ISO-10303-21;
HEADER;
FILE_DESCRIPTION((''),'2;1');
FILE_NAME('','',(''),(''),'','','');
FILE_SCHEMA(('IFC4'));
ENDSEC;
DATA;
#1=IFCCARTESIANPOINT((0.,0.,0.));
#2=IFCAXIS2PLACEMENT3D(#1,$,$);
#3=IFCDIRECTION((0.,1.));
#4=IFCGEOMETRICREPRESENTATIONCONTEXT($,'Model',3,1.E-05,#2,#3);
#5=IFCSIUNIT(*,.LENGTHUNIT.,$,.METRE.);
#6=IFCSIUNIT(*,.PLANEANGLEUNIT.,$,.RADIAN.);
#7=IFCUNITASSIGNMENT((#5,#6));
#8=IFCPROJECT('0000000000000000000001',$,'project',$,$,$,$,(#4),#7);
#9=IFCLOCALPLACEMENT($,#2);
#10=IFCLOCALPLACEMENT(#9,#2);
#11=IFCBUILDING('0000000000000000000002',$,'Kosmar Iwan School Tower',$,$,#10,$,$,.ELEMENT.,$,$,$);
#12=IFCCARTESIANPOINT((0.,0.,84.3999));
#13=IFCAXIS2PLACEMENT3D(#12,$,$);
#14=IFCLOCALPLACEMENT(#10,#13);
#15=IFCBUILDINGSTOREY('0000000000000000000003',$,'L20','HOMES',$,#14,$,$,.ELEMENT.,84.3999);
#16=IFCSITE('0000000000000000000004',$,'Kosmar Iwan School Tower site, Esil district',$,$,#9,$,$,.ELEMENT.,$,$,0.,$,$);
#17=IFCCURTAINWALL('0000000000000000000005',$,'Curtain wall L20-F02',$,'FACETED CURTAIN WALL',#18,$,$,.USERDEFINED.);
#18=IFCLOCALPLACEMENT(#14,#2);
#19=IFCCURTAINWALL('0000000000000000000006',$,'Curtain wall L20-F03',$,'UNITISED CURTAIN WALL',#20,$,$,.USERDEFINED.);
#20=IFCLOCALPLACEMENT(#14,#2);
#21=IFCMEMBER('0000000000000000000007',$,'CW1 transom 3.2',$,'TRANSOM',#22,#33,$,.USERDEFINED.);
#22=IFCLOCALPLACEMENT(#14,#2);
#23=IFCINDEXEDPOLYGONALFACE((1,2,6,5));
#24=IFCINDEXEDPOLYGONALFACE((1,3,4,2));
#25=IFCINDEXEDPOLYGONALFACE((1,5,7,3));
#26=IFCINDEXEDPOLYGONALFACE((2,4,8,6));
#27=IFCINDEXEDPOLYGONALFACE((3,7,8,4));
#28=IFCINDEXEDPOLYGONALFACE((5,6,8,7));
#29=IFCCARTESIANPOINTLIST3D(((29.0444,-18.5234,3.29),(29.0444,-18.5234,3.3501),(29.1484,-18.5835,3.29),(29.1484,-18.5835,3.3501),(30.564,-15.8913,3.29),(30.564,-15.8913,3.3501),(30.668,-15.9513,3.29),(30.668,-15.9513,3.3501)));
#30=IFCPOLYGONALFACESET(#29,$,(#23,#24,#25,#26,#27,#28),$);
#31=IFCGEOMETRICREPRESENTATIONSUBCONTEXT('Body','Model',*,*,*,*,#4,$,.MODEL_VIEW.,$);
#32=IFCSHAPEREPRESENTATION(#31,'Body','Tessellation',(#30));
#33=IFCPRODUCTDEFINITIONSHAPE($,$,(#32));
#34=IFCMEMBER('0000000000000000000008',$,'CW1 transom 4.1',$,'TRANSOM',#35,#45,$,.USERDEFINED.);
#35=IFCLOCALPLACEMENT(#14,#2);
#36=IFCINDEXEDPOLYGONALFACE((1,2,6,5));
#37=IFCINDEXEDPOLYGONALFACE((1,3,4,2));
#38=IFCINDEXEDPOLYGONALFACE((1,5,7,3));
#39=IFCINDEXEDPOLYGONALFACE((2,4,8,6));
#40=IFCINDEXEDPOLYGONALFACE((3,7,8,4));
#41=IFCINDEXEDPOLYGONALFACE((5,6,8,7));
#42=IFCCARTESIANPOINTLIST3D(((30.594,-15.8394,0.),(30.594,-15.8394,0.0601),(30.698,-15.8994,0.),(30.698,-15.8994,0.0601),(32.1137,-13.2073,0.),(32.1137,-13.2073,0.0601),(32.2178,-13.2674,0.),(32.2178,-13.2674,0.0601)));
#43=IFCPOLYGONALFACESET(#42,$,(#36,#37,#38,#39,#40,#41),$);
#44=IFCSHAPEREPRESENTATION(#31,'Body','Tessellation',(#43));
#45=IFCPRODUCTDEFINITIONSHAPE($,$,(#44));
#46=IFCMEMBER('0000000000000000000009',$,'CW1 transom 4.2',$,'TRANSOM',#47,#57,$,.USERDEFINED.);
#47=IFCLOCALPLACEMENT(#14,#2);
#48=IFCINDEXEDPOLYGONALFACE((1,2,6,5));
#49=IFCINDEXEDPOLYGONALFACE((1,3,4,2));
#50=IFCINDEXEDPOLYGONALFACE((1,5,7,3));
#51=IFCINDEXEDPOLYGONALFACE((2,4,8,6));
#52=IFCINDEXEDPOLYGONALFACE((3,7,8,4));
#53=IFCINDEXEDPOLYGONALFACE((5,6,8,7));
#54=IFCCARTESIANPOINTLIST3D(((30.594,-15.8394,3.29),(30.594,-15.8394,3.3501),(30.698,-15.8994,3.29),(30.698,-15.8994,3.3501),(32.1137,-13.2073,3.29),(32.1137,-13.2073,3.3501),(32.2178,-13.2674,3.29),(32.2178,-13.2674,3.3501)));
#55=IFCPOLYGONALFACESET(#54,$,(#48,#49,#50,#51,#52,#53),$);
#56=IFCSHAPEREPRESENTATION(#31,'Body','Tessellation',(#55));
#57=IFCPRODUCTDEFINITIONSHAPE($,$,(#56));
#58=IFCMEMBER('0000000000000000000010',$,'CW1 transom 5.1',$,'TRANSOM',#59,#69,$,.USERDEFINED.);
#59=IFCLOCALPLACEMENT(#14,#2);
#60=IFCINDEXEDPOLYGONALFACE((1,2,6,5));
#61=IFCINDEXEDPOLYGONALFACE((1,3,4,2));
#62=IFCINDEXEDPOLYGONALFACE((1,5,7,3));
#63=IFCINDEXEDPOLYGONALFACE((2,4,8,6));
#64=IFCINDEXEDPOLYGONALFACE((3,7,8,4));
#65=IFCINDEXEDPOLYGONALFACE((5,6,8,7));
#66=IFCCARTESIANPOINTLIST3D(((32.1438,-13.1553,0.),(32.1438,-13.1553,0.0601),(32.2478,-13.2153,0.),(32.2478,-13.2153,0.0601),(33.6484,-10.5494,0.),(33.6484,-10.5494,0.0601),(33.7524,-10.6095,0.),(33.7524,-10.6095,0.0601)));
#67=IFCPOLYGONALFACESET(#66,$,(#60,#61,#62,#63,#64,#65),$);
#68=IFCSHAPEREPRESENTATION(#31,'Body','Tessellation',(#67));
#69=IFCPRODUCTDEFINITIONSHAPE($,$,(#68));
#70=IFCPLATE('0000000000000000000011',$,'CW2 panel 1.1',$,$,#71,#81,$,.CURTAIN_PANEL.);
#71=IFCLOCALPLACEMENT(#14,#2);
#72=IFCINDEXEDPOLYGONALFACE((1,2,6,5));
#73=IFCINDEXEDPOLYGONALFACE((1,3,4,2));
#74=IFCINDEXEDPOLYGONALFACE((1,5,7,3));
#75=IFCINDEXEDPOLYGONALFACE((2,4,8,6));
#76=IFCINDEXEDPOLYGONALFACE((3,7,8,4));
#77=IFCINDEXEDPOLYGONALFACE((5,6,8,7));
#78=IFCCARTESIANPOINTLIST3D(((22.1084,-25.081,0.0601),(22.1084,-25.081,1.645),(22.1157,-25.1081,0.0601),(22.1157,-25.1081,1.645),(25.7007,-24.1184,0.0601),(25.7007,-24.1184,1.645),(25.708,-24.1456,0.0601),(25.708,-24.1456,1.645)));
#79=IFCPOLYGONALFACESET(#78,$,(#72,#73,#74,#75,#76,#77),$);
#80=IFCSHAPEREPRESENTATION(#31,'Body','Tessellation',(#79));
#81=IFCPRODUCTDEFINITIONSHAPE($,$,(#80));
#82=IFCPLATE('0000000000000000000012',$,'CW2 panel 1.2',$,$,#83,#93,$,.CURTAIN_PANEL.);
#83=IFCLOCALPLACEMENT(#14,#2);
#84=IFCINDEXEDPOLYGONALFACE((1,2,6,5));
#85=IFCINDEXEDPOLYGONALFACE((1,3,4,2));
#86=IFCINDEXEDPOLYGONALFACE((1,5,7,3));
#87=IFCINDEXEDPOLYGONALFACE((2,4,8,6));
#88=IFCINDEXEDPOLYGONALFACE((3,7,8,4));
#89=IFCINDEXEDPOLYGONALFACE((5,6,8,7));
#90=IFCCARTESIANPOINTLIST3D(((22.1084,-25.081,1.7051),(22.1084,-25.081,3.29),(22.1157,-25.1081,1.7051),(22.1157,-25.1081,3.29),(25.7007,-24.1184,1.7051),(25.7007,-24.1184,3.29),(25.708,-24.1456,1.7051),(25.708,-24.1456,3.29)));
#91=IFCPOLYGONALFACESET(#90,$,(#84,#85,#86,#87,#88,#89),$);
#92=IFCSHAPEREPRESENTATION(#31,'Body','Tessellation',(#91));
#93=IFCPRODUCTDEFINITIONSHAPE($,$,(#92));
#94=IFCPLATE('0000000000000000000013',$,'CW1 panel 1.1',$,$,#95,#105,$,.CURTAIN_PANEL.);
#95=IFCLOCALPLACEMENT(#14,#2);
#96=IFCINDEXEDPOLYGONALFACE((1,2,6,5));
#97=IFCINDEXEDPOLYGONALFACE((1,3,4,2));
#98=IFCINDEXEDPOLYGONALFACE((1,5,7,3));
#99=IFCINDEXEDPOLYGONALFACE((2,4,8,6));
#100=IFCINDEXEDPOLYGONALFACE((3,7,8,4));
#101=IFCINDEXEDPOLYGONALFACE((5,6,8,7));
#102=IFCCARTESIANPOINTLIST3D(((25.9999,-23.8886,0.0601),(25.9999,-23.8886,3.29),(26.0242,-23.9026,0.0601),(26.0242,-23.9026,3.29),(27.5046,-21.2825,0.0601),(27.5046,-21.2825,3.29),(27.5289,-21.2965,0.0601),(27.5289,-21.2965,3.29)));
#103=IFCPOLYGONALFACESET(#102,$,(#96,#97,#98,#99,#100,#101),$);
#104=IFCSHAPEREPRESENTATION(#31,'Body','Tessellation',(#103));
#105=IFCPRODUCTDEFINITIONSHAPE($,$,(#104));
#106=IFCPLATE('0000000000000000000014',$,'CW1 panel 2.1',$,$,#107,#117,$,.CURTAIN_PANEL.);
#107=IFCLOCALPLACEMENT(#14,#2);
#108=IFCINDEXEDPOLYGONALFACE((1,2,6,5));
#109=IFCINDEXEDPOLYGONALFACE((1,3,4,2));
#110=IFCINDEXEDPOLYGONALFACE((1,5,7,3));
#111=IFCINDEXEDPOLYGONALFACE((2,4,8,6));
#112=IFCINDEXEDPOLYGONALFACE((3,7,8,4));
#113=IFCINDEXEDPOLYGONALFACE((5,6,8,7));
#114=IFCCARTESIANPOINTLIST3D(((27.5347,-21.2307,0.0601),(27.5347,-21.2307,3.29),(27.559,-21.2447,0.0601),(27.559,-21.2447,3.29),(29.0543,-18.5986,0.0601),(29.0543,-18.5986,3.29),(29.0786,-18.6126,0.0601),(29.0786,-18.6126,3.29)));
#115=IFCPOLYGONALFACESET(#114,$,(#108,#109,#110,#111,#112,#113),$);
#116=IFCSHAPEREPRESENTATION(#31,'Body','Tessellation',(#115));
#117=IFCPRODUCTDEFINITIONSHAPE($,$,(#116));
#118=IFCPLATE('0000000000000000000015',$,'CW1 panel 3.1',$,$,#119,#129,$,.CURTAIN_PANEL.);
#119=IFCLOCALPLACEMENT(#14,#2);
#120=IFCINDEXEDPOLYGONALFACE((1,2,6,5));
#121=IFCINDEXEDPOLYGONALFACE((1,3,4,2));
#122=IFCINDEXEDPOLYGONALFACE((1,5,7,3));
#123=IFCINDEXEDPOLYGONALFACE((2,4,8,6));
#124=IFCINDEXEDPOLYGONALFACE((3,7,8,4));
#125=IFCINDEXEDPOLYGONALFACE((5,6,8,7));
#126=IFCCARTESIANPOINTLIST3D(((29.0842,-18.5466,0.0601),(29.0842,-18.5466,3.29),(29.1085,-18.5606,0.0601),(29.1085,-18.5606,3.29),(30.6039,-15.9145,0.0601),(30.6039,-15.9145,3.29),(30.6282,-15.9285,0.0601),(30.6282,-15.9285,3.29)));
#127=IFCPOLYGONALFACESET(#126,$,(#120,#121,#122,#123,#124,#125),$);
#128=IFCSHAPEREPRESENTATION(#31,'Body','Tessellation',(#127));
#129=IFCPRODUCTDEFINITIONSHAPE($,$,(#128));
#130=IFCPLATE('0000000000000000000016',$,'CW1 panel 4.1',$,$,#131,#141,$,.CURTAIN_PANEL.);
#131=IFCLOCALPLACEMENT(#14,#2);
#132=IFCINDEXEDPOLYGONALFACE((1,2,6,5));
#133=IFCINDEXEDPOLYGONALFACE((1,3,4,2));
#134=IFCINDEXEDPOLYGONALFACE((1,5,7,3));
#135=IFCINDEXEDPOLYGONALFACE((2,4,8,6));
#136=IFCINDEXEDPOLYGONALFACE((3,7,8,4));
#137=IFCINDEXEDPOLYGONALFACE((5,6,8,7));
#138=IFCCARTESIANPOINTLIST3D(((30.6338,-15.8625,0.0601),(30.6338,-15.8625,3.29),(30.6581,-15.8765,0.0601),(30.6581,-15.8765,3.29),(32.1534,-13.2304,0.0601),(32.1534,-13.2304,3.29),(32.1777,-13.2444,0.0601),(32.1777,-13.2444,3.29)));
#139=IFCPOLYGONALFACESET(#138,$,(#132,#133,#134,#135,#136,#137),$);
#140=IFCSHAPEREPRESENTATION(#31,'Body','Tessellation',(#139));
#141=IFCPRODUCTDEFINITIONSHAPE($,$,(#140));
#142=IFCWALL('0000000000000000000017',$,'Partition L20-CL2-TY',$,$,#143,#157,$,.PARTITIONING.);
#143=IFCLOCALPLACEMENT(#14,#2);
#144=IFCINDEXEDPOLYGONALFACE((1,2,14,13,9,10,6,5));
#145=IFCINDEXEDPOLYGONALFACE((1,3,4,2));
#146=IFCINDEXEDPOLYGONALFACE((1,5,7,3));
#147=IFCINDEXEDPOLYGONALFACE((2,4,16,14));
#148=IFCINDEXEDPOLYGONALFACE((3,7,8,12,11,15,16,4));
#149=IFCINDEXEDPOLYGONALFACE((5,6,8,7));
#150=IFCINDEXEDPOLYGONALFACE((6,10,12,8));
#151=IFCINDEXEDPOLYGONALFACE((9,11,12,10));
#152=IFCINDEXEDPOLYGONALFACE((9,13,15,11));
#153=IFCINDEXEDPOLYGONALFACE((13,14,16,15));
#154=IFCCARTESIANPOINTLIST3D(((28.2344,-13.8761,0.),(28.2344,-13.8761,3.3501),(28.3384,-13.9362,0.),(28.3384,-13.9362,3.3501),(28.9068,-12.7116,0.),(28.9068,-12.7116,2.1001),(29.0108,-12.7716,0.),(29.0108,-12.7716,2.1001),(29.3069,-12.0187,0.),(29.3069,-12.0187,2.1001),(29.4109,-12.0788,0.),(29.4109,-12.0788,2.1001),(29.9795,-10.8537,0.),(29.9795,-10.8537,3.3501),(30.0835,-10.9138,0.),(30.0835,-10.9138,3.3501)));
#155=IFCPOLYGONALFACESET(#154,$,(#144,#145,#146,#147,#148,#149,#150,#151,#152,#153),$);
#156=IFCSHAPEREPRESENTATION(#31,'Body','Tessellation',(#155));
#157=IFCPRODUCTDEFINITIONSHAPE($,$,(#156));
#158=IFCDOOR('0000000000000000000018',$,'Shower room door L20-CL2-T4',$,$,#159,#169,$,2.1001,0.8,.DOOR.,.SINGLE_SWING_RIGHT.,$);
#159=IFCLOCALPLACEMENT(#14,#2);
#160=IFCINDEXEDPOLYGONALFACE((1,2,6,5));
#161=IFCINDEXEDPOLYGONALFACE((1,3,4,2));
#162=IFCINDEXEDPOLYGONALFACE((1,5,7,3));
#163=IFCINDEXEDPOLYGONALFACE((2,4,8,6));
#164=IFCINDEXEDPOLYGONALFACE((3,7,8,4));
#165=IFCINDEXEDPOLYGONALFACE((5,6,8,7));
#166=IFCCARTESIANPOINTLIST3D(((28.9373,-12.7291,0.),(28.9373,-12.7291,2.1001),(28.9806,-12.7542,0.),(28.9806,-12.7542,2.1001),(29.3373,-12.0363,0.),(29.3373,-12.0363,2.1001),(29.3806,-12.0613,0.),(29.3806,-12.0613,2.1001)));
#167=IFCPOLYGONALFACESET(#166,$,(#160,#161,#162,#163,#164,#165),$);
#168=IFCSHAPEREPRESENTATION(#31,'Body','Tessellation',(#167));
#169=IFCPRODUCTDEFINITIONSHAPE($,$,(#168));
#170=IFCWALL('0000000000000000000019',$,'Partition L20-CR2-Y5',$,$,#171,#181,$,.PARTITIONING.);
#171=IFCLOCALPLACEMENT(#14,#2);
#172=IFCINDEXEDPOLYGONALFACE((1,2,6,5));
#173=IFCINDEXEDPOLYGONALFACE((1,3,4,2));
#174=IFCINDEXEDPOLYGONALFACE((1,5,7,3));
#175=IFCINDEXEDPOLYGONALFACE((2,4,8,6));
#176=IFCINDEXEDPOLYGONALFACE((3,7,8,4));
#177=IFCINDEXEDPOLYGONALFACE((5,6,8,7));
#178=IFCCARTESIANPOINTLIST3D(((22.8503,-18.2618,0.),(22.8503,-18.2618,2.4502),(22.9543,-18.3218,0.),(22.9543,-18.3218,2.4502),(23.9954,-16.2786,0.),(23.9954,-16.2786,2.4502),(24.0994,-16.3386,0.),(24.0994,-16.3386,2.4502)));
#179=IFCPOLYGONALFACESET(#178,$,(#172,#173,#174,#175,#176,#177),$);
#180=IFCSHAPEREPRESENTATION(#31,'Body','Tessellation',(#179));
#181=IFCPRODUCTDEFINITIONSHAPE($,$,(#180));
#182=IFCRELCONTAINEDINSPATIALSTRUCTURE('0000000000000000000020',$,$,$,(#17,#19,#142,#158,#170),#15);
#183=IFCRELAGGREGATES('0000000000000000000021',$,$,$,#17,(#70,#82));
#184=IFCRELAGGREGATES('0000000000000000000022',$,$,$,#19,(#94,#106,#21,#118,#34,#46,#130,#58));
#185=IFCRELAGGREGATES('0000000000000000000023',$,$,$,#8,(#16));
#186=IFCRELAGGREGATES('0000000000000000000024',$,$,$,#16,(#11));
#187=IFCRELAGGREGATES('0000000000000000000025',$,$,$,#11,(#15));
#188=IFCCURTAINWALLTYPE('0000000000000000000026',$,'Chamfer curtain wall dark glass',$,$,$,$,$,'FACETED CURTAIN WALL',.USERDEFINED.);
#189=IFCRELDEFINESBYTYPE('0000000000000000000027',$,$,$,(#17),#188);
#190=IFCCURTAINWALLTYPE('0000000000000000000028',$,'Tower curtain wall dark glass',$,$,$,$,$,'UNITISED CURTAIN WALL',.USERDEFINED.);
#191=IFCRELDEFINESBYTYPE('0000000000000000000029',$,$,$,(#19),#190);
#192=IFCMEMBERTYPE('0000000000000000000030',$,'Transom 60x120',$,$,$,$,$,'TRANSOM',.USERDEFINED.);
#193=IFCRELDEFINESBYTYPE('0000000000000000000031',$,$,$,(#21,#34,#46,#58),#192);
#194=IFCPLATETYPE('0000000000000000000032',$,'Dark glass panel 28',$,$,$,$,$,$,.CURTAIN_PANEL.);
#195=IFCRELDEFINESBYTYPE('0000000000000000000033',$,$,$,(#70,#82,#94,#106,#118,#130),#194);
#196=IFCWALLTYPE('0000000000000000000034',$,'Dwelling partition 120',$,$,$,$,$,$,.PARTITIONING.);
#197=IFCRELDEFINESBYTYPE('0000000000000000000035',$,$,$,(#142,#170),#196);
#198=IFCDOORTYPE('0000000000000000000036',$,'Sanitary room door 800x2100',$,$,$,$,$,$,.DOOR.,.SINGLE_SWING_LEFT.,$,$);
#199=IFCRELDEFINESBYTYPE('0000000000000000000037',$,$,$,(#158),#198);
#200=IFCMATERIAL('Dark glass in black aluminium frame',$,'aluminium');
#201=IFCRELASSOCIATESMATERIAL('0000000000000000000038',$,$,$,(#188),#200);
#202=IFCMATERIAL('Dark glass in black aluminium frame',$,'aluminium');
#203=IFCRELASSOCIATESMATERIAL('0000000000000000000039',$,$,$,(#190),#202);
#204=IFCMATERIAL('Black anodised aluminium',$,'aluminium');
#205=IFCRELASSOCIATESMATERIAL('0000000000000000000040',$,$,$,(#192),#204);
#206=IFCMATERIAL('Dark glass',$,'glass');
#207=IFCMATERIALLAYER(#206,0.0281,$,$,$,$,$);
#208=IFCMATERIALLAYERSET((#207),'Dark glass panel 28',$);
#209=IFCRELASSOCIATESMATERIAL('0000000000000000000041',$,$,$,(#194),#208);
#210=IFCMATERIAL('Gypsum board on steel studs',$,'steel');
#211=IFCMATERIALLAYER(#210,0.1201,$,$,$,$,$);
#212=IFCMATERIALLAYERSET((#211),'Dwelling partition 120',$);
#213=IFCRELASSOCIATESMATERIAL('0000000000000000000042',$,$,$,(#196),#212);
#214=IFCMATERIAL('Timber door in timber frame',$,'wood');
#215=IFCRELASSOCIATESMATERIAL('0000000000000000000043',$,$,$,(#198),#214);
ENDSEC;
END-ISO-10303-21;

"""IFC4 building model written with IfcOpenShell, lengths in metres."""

from ifc_helpers import new_model, si_unit, direction, frame, frame_2d, origin, origin_2d, place, context, subcontext, project, spatial, rectangle, extrude, material, layer, layer_set, material_profile, profile_set, type_object, element, fill, aggregate, save


model = new_model("IFC4")

# Units and contexts
model_context = context("Model", 3, precision=1e-05, world=origin(), true_north=direction((0.0, 1.0)))
body_context = subcontext(model_context, "Body", "Model", "MODEL_VIEW")
ifc_project = project(units=[si_unit("LENGTHUNIT", "METRE"), si_unit("PLANEANGLEUNIT", "RADIAN")], contexts=[model_context])

# Site, building, storey
site_placement = place(None, origin())
site = spatial("IfcSite", under=ifc_project, at=site_placement, Name="Kosmar Iwan School Tower site, Esil district", CompositionType="ELEMENT", RefElevation=0.0)
building_placement = place(site_placement, origin())
building = spatial("IfcBuilding", under=site, at=building_placement, Name="Kosmar Iwan School Tower", CompositionType="ELEMENT")
storey_placement = place(building_placement, frame((0.0, 0.0, 84.3999)))
storey = spatial("IfcBuildingStorey", under=building, at=storey_placement, Name="L20", Description="HOMES", CompositionType="ELEMENT", Elevation=84.3999)

# Curtain wall
ifc_material_1 = material(Name="Dark glass in black aluminium frame", Category="aluminium")
curtain_wall_type_1 = type_object("IfcCurtainWallType", Name="Chamfer curtain wall dark glass", ElementType="FACETED CURTAIN WALL", PredefinedType="USERDEFINED", material=ifc_material_1)
curtain_wall_1_placement = place(storey_placement, origin())
curtain_wall_1 = element("IfcCurtainWall", 1, at=curtain_wall_1_placement, inside=storey, type_object=curtain_wall_type_1, Name="Curtain wall L20-F02", ObjectType="FACETED CURTAIN WALL", PredefinedType="USERDEFINED")

# Curtain wall
ifc_material_2 = material(Name="Dark glass in black aluminium frame", Category="aluminium")
curtain_wall_type_2 = type_object("IfcCurtainWallType", Name="Tower curtain wall dark glass", ElementType="UNITISED CURTAIN WALL", PredefinedType="USERDEFINED", material=ifc_material_2)
curtain_wall_2_placement = place(storey_placement, origin())
curtain_wall_2 = element("IfcCurtainWall", 2, at=curtain_wall_2_placement, inside=storey, type_object=curtain_wall_type_2, Name="Curtain wall L20-F03", ObjectType="UNITISED CURTAIN WALL", PredefinedType="USERDEFINED")

# Members
ifc_material_3 = material(Name="Black anodised aluminium", Category="aluminium")
ifc_material_profile_1 = material_profile(ifc_material_3, rectangle(XDim=0.1201, YDim=0.0601, at=origin_2d()), Name="TRANSOM 60x120")
ifc_profile_set_1 = profile_set([ifc_material_profile_1], Name="Black anodised aluminium")
member_type_1 = type_object("IfcMemberType", Name="Transom 60x120", ElementType="TRANSOM", PredefinedType="USERDEFINED", material=ifc_profile_set_1)
member_1_placement = place(storey_placement, frame((29.0964, -18.5535, 3.3201), z_axis=(0.499975, 0.86604, 0.0), x_axis=(-0.86604, 0.499975, 0.0)))
member_1 = element("IfcMember", 3, at=member_1_placement, type_object=member_type_1, Name="CW1 transom 3.2", ObjectType="TRANSOM", PredefinedType="USERDEFINED", context=body_context, shape_type="SweptSolid", body=[
    extrude(rectangle(XDim=0.1201, YDim=0.0601, at=origin_2d()), origin(), (0.0, 0.0, 1.0), 3.0393),
])
member_2_placement = place(storey_placement, frame((30.646, -15.8694, 0.03), z_axis=(0.500035, 0.866005, 0.0), x_axis=(-0.866005, 0.500035, 0.0)))
member_2 = element("IfcMember", 4, at=member_2_placement, type_object=member_type_1, Name="CW1 transom 4.1", ObjectType="TRANSOM", PredefinedType="USERDEFINED", context=body_context, shape_type="SweptSolid", body=[
    extrude(rectangle(XDim=0.1201, YDim=0.0601, at=origin_2d()), origin(), (0.0, 0.0, 1.0), 3.0393),
])
member_3_placement = place(storey_placement, frame((30.646, -15.8694, 3.3201), z_axis=(0.500035, 0.866005, 0.0), x_axis=(-0.866005, 0.500035, 0.0)))
member_3 = element("IfcMember", 5, at=member_3_placement, type_object=member_type_1, Name="CW1 transom 4.2", ObjectType="TRANSOM", PredefinedType="USERDEFINED", context=body_context, shape_type="SweptSolid", body=[
    extrude(rectangle(XDim=0.1201, YDim=0.0601, at=origin_2d()), origin(), (0.0, 0.0, 1.0), 3.0393),
])
member_4_placement = place(storey_placement, frame((32.1958, -13.1853, 0.03), z_axis=(0.500022, 0.866013, 0.0), x_axis=(-0.866013, 0.500022, 0.0)))
member_4 = element("IfcMember", 6, at=member_4_placement, type_object=member_type_1, Name="CW1 transom 5.1", ObjectType="TRANSOM", PredefinedType="USERDEFINED", context=body_context, shape_type="SweptSolid", body=[
    extrude(rectangle(XDim=0.1201, YDim=0.0601, at=origin_2d()), origin(), (0.0, 0.0, 1.0), 3.009),
])

# Plates
ifc_material_4 = material(Name="Dark glass", Category="glass")
ifc_layer_1 = layer(ifc_material_4, 0.0281)
ifc_layer_set_1 = layer_set([ifc_layer_1], Name="Dark glass panel 28")
plate_type = type_object("IfcPlateType", Name="Dark glass panel 28", PredefinedType="CURTAIN_PANEL", material=ifc_layer_set_1)
plate_1_placement = place(storey_placement, frame((23.9082, -24.6133, 0.0601), z_axis=(0.0, 0.0, 1.0), x_axis=(0.965926, 0.258819, 0.0)))
plate_1 = element("IfcPlate", 7, at=plate_1_placement, type_object=plate_type, Name="CW2 panel 1.1", PredefinedType="CURTAIN_PANEL", context=body_context, shape_type="SweptSolid", body=[
    extrude(rectangle(XDim=3.719, YDim=0.0281, at=origin_2d()), origin(), (0.0, 0.0, 1.0), 1.585),
])
plate_2_placement = place(storey_placement, frame((23.9082, -24.6133, 1.7051), z_axis=(0.0, 0.0, 1.0), x_axis=(0.965926, 0.258819, 0.0)))
plate_2 = element("IfcPlate", 8, at=plate_2_placement, type_object=plate_type, Name="CW2 panel 1.2", PredefinedType="CURTAIN_PANEL", context=body_context, shape_type="SweptSolid", body=[
    extrude(rectangle(XDim=3.719, YDim=0.0281, at=origin_2d()), origin(), (0.0, 0.0, 1.0), 1.585),
])
aggregate(curtain_wall_1, [plate_1, plate_2])
plate_3_placement = place(storey_placement, frame((26.7644, -22.5925, 0.0601), z_axis=(0.0, 0.0, 1.0), x_axis=(0.5, 0.866025, 0.0)))
plate_3 = element("IfcPlate", 9, at=plate_3_placement, type_object=plate_type, Name="CW1 panel 1.1", PredefinedType="CURTAIN_PANEL", context=body_context, shape_type="SweptSolid", body=[
    extrude(rectangle(XDim=3.0093, YDim=0.0281, at=origin_2d()), origin(), (0.0, 0.0, 1.0), 3.23),
])
plate_4_placement = place(storey_placement, frame((28.3066, -19.9216, 0.0601), z_axis=(0.0, 0.0, 1.0), x_axis=(0.5, 0.866025, 0.0)))
plate_4 = element("IfcPlate", 10, at=plate_4_placement, type_object=plate_type, Name="CW1 panel 2.1", PredefinedType="CURTAIN_PANEL", context=body_context, shape_type="SweptSolid", body=[
    extrude(rectangle(XDim=3.0393, YDim=0.0281, at=origin_2d()), origin(), (0.0, 0.0, 1.0), 3.23),
])
plate_5_placement = place(storey_placement, frame((29.8562, -17.2375, 0.0601), z_axis=(0.0, 0.0, 1.0), x_axis=(0.5, 0.866025, 0.0)))
plate_5 = element("IfcPlate", 11, at=plate_5_placement, type_object=plate_type, Name="CW1 panel 3.1", PredefinedType="CURTAIN_PANEL", context=body_context, shape_type="SweptSolid", body=[
    extrude(rectangle(XDim=3.0393, YDim=0.0281, at=origin_2d()), origin(), (0.0, 0.0, 1.0), 3.23),
])
plate_6_placement = place(storey_placement, frame((31.4058, -14.5535, 0.0601), z_axis=(0.0, 0.0, 1.0), x_axis=(0.5, 0.866025, 0.0)))
plate_6 = element("IfcPlate", 12, at=plate_6_placement, type_object=plate_type, Name="CW1 panel 4.1", PredefinedType="CURTAIN_PANEL", context=body_context, shape_type="SweptSolid", body=[
    extrude(rectangle(XDim=3.0393, YDim=0.0281, at=origin_2d()), origin(), (0.0, 0.0, 1.0), 3.23),
])
aggregate(curtain_wall_2, [plate_3, plate_4, member_1, plate_5, member_2, member_3, plate_6, member_4])

# Wall, opening, door
ifc_material_5 = material(Name="Gypsum board on steel studs", Category="steel")
ifc_layer_2 = layer(ifc_material_5, 0.1201)
ifc_layer_set_2 = layer_set([ifc_layer_2], Name="Dwelling partition 120")
wall_type = type_object("IfcWallType", Name="Dwelling partition 120", PredefinedType="PARTITIONING", material=ifc_layer_set_2)
wall_1_placement = place(storey_placement, frame((28.2864, -13.9062, 0.0), z_axis=(0.0, 0.0, 1.0), x_axis=(0.500021, 0.866013, 0.0)))
wall_1 = element("IfcWall", 13, at=wall_1_placement, inside=storey, type_object=wall_type, Name="Partition L20-CL2-TY", PredefinedType="PARTITIONING", context=body_context, shape_type="SweptSolid", body=[
    extrude(rectangle(XDim=3.49, YDim=0.1201, at=frame_2d((1.7451, 0.0))), origin(), (0.0, 0.0, 1.0), 3.3501),
])
opening_placement = place(wall_1_placement, frame((1.345, 0.0, 0.0)))
opening = element("IfcOpeningElement", 14, at=opening_placement, cuts=wall_1, PredefinedType="OPENING", context=body_context, shape_type="SweptSolid", body=[
    extrude(rectangle(XDim=0.8, YDim=2.1001, at=frame_2d((0.3999, 1.05))), frame((0.0, 0.072, 0.0), z_axis=(0.0, -1.0, 0.0), x_axis=(1.0, 0.0, 0.0)), (0.0, 0.0, 1.0), 0.144),
])
ifc_material_6 = material(Name="Timber door in timber frame", Category="wood")
door_type = type_object("IfcDoorType", Name="Sanitary room door 800x2100", OperationType="SINGLE_SWING_LEFT", PredefinedType="DOOR", material=ifc_material_6)
door_placement = place(opening_placement, origin())
door = element("IfcDoor", 15, at=door_placement, inside=storey, type_object=door_type, Name="Shower room door L20-CL2-T4", OperationType="SINGLE_SWING_RIGHT", OverallHeight=2.1001, OverallWidth=0.8, PredefinedType="DOOR", context=body_context, shape_type="SweptSolid", body=[
    extrude(rectangle(XDim=0.8, YDim=2.1001, at=frame_2d((0.3999, 1.05))), frame((0.0, 0.0249, 0.0), z_axis=(0.0, -1.0, 0.0), x_axis=(1.0, 0.0, 0.0)), (0.0, 0.0, 1.0), 0.05),
])
fill(opening, door)

# Wall
wall_2_placement = place(storey_placement, frame((24.0474, -16.3086, 0.0), z_axis=(0.0, 0.0, 1.0), x_axis=(-0.500015, -0.866017, 0.0)))
element("IfcWall", 16, at=wall_2_placement, inside=storey, type_object=wall_type, Name="Partition L20-CR2-Y5", PredefinedType="PARTITIONING", context=body_context, shape_type="SweptSolid", body=[
    extrude(rectangle(XDim=2.29, YDim=0.1201, at=frame_2d((1.145, 0.0))), origin(), (0.0, 0.0, 1.0), 2.4502),
])

save(model, "model.ifc")
